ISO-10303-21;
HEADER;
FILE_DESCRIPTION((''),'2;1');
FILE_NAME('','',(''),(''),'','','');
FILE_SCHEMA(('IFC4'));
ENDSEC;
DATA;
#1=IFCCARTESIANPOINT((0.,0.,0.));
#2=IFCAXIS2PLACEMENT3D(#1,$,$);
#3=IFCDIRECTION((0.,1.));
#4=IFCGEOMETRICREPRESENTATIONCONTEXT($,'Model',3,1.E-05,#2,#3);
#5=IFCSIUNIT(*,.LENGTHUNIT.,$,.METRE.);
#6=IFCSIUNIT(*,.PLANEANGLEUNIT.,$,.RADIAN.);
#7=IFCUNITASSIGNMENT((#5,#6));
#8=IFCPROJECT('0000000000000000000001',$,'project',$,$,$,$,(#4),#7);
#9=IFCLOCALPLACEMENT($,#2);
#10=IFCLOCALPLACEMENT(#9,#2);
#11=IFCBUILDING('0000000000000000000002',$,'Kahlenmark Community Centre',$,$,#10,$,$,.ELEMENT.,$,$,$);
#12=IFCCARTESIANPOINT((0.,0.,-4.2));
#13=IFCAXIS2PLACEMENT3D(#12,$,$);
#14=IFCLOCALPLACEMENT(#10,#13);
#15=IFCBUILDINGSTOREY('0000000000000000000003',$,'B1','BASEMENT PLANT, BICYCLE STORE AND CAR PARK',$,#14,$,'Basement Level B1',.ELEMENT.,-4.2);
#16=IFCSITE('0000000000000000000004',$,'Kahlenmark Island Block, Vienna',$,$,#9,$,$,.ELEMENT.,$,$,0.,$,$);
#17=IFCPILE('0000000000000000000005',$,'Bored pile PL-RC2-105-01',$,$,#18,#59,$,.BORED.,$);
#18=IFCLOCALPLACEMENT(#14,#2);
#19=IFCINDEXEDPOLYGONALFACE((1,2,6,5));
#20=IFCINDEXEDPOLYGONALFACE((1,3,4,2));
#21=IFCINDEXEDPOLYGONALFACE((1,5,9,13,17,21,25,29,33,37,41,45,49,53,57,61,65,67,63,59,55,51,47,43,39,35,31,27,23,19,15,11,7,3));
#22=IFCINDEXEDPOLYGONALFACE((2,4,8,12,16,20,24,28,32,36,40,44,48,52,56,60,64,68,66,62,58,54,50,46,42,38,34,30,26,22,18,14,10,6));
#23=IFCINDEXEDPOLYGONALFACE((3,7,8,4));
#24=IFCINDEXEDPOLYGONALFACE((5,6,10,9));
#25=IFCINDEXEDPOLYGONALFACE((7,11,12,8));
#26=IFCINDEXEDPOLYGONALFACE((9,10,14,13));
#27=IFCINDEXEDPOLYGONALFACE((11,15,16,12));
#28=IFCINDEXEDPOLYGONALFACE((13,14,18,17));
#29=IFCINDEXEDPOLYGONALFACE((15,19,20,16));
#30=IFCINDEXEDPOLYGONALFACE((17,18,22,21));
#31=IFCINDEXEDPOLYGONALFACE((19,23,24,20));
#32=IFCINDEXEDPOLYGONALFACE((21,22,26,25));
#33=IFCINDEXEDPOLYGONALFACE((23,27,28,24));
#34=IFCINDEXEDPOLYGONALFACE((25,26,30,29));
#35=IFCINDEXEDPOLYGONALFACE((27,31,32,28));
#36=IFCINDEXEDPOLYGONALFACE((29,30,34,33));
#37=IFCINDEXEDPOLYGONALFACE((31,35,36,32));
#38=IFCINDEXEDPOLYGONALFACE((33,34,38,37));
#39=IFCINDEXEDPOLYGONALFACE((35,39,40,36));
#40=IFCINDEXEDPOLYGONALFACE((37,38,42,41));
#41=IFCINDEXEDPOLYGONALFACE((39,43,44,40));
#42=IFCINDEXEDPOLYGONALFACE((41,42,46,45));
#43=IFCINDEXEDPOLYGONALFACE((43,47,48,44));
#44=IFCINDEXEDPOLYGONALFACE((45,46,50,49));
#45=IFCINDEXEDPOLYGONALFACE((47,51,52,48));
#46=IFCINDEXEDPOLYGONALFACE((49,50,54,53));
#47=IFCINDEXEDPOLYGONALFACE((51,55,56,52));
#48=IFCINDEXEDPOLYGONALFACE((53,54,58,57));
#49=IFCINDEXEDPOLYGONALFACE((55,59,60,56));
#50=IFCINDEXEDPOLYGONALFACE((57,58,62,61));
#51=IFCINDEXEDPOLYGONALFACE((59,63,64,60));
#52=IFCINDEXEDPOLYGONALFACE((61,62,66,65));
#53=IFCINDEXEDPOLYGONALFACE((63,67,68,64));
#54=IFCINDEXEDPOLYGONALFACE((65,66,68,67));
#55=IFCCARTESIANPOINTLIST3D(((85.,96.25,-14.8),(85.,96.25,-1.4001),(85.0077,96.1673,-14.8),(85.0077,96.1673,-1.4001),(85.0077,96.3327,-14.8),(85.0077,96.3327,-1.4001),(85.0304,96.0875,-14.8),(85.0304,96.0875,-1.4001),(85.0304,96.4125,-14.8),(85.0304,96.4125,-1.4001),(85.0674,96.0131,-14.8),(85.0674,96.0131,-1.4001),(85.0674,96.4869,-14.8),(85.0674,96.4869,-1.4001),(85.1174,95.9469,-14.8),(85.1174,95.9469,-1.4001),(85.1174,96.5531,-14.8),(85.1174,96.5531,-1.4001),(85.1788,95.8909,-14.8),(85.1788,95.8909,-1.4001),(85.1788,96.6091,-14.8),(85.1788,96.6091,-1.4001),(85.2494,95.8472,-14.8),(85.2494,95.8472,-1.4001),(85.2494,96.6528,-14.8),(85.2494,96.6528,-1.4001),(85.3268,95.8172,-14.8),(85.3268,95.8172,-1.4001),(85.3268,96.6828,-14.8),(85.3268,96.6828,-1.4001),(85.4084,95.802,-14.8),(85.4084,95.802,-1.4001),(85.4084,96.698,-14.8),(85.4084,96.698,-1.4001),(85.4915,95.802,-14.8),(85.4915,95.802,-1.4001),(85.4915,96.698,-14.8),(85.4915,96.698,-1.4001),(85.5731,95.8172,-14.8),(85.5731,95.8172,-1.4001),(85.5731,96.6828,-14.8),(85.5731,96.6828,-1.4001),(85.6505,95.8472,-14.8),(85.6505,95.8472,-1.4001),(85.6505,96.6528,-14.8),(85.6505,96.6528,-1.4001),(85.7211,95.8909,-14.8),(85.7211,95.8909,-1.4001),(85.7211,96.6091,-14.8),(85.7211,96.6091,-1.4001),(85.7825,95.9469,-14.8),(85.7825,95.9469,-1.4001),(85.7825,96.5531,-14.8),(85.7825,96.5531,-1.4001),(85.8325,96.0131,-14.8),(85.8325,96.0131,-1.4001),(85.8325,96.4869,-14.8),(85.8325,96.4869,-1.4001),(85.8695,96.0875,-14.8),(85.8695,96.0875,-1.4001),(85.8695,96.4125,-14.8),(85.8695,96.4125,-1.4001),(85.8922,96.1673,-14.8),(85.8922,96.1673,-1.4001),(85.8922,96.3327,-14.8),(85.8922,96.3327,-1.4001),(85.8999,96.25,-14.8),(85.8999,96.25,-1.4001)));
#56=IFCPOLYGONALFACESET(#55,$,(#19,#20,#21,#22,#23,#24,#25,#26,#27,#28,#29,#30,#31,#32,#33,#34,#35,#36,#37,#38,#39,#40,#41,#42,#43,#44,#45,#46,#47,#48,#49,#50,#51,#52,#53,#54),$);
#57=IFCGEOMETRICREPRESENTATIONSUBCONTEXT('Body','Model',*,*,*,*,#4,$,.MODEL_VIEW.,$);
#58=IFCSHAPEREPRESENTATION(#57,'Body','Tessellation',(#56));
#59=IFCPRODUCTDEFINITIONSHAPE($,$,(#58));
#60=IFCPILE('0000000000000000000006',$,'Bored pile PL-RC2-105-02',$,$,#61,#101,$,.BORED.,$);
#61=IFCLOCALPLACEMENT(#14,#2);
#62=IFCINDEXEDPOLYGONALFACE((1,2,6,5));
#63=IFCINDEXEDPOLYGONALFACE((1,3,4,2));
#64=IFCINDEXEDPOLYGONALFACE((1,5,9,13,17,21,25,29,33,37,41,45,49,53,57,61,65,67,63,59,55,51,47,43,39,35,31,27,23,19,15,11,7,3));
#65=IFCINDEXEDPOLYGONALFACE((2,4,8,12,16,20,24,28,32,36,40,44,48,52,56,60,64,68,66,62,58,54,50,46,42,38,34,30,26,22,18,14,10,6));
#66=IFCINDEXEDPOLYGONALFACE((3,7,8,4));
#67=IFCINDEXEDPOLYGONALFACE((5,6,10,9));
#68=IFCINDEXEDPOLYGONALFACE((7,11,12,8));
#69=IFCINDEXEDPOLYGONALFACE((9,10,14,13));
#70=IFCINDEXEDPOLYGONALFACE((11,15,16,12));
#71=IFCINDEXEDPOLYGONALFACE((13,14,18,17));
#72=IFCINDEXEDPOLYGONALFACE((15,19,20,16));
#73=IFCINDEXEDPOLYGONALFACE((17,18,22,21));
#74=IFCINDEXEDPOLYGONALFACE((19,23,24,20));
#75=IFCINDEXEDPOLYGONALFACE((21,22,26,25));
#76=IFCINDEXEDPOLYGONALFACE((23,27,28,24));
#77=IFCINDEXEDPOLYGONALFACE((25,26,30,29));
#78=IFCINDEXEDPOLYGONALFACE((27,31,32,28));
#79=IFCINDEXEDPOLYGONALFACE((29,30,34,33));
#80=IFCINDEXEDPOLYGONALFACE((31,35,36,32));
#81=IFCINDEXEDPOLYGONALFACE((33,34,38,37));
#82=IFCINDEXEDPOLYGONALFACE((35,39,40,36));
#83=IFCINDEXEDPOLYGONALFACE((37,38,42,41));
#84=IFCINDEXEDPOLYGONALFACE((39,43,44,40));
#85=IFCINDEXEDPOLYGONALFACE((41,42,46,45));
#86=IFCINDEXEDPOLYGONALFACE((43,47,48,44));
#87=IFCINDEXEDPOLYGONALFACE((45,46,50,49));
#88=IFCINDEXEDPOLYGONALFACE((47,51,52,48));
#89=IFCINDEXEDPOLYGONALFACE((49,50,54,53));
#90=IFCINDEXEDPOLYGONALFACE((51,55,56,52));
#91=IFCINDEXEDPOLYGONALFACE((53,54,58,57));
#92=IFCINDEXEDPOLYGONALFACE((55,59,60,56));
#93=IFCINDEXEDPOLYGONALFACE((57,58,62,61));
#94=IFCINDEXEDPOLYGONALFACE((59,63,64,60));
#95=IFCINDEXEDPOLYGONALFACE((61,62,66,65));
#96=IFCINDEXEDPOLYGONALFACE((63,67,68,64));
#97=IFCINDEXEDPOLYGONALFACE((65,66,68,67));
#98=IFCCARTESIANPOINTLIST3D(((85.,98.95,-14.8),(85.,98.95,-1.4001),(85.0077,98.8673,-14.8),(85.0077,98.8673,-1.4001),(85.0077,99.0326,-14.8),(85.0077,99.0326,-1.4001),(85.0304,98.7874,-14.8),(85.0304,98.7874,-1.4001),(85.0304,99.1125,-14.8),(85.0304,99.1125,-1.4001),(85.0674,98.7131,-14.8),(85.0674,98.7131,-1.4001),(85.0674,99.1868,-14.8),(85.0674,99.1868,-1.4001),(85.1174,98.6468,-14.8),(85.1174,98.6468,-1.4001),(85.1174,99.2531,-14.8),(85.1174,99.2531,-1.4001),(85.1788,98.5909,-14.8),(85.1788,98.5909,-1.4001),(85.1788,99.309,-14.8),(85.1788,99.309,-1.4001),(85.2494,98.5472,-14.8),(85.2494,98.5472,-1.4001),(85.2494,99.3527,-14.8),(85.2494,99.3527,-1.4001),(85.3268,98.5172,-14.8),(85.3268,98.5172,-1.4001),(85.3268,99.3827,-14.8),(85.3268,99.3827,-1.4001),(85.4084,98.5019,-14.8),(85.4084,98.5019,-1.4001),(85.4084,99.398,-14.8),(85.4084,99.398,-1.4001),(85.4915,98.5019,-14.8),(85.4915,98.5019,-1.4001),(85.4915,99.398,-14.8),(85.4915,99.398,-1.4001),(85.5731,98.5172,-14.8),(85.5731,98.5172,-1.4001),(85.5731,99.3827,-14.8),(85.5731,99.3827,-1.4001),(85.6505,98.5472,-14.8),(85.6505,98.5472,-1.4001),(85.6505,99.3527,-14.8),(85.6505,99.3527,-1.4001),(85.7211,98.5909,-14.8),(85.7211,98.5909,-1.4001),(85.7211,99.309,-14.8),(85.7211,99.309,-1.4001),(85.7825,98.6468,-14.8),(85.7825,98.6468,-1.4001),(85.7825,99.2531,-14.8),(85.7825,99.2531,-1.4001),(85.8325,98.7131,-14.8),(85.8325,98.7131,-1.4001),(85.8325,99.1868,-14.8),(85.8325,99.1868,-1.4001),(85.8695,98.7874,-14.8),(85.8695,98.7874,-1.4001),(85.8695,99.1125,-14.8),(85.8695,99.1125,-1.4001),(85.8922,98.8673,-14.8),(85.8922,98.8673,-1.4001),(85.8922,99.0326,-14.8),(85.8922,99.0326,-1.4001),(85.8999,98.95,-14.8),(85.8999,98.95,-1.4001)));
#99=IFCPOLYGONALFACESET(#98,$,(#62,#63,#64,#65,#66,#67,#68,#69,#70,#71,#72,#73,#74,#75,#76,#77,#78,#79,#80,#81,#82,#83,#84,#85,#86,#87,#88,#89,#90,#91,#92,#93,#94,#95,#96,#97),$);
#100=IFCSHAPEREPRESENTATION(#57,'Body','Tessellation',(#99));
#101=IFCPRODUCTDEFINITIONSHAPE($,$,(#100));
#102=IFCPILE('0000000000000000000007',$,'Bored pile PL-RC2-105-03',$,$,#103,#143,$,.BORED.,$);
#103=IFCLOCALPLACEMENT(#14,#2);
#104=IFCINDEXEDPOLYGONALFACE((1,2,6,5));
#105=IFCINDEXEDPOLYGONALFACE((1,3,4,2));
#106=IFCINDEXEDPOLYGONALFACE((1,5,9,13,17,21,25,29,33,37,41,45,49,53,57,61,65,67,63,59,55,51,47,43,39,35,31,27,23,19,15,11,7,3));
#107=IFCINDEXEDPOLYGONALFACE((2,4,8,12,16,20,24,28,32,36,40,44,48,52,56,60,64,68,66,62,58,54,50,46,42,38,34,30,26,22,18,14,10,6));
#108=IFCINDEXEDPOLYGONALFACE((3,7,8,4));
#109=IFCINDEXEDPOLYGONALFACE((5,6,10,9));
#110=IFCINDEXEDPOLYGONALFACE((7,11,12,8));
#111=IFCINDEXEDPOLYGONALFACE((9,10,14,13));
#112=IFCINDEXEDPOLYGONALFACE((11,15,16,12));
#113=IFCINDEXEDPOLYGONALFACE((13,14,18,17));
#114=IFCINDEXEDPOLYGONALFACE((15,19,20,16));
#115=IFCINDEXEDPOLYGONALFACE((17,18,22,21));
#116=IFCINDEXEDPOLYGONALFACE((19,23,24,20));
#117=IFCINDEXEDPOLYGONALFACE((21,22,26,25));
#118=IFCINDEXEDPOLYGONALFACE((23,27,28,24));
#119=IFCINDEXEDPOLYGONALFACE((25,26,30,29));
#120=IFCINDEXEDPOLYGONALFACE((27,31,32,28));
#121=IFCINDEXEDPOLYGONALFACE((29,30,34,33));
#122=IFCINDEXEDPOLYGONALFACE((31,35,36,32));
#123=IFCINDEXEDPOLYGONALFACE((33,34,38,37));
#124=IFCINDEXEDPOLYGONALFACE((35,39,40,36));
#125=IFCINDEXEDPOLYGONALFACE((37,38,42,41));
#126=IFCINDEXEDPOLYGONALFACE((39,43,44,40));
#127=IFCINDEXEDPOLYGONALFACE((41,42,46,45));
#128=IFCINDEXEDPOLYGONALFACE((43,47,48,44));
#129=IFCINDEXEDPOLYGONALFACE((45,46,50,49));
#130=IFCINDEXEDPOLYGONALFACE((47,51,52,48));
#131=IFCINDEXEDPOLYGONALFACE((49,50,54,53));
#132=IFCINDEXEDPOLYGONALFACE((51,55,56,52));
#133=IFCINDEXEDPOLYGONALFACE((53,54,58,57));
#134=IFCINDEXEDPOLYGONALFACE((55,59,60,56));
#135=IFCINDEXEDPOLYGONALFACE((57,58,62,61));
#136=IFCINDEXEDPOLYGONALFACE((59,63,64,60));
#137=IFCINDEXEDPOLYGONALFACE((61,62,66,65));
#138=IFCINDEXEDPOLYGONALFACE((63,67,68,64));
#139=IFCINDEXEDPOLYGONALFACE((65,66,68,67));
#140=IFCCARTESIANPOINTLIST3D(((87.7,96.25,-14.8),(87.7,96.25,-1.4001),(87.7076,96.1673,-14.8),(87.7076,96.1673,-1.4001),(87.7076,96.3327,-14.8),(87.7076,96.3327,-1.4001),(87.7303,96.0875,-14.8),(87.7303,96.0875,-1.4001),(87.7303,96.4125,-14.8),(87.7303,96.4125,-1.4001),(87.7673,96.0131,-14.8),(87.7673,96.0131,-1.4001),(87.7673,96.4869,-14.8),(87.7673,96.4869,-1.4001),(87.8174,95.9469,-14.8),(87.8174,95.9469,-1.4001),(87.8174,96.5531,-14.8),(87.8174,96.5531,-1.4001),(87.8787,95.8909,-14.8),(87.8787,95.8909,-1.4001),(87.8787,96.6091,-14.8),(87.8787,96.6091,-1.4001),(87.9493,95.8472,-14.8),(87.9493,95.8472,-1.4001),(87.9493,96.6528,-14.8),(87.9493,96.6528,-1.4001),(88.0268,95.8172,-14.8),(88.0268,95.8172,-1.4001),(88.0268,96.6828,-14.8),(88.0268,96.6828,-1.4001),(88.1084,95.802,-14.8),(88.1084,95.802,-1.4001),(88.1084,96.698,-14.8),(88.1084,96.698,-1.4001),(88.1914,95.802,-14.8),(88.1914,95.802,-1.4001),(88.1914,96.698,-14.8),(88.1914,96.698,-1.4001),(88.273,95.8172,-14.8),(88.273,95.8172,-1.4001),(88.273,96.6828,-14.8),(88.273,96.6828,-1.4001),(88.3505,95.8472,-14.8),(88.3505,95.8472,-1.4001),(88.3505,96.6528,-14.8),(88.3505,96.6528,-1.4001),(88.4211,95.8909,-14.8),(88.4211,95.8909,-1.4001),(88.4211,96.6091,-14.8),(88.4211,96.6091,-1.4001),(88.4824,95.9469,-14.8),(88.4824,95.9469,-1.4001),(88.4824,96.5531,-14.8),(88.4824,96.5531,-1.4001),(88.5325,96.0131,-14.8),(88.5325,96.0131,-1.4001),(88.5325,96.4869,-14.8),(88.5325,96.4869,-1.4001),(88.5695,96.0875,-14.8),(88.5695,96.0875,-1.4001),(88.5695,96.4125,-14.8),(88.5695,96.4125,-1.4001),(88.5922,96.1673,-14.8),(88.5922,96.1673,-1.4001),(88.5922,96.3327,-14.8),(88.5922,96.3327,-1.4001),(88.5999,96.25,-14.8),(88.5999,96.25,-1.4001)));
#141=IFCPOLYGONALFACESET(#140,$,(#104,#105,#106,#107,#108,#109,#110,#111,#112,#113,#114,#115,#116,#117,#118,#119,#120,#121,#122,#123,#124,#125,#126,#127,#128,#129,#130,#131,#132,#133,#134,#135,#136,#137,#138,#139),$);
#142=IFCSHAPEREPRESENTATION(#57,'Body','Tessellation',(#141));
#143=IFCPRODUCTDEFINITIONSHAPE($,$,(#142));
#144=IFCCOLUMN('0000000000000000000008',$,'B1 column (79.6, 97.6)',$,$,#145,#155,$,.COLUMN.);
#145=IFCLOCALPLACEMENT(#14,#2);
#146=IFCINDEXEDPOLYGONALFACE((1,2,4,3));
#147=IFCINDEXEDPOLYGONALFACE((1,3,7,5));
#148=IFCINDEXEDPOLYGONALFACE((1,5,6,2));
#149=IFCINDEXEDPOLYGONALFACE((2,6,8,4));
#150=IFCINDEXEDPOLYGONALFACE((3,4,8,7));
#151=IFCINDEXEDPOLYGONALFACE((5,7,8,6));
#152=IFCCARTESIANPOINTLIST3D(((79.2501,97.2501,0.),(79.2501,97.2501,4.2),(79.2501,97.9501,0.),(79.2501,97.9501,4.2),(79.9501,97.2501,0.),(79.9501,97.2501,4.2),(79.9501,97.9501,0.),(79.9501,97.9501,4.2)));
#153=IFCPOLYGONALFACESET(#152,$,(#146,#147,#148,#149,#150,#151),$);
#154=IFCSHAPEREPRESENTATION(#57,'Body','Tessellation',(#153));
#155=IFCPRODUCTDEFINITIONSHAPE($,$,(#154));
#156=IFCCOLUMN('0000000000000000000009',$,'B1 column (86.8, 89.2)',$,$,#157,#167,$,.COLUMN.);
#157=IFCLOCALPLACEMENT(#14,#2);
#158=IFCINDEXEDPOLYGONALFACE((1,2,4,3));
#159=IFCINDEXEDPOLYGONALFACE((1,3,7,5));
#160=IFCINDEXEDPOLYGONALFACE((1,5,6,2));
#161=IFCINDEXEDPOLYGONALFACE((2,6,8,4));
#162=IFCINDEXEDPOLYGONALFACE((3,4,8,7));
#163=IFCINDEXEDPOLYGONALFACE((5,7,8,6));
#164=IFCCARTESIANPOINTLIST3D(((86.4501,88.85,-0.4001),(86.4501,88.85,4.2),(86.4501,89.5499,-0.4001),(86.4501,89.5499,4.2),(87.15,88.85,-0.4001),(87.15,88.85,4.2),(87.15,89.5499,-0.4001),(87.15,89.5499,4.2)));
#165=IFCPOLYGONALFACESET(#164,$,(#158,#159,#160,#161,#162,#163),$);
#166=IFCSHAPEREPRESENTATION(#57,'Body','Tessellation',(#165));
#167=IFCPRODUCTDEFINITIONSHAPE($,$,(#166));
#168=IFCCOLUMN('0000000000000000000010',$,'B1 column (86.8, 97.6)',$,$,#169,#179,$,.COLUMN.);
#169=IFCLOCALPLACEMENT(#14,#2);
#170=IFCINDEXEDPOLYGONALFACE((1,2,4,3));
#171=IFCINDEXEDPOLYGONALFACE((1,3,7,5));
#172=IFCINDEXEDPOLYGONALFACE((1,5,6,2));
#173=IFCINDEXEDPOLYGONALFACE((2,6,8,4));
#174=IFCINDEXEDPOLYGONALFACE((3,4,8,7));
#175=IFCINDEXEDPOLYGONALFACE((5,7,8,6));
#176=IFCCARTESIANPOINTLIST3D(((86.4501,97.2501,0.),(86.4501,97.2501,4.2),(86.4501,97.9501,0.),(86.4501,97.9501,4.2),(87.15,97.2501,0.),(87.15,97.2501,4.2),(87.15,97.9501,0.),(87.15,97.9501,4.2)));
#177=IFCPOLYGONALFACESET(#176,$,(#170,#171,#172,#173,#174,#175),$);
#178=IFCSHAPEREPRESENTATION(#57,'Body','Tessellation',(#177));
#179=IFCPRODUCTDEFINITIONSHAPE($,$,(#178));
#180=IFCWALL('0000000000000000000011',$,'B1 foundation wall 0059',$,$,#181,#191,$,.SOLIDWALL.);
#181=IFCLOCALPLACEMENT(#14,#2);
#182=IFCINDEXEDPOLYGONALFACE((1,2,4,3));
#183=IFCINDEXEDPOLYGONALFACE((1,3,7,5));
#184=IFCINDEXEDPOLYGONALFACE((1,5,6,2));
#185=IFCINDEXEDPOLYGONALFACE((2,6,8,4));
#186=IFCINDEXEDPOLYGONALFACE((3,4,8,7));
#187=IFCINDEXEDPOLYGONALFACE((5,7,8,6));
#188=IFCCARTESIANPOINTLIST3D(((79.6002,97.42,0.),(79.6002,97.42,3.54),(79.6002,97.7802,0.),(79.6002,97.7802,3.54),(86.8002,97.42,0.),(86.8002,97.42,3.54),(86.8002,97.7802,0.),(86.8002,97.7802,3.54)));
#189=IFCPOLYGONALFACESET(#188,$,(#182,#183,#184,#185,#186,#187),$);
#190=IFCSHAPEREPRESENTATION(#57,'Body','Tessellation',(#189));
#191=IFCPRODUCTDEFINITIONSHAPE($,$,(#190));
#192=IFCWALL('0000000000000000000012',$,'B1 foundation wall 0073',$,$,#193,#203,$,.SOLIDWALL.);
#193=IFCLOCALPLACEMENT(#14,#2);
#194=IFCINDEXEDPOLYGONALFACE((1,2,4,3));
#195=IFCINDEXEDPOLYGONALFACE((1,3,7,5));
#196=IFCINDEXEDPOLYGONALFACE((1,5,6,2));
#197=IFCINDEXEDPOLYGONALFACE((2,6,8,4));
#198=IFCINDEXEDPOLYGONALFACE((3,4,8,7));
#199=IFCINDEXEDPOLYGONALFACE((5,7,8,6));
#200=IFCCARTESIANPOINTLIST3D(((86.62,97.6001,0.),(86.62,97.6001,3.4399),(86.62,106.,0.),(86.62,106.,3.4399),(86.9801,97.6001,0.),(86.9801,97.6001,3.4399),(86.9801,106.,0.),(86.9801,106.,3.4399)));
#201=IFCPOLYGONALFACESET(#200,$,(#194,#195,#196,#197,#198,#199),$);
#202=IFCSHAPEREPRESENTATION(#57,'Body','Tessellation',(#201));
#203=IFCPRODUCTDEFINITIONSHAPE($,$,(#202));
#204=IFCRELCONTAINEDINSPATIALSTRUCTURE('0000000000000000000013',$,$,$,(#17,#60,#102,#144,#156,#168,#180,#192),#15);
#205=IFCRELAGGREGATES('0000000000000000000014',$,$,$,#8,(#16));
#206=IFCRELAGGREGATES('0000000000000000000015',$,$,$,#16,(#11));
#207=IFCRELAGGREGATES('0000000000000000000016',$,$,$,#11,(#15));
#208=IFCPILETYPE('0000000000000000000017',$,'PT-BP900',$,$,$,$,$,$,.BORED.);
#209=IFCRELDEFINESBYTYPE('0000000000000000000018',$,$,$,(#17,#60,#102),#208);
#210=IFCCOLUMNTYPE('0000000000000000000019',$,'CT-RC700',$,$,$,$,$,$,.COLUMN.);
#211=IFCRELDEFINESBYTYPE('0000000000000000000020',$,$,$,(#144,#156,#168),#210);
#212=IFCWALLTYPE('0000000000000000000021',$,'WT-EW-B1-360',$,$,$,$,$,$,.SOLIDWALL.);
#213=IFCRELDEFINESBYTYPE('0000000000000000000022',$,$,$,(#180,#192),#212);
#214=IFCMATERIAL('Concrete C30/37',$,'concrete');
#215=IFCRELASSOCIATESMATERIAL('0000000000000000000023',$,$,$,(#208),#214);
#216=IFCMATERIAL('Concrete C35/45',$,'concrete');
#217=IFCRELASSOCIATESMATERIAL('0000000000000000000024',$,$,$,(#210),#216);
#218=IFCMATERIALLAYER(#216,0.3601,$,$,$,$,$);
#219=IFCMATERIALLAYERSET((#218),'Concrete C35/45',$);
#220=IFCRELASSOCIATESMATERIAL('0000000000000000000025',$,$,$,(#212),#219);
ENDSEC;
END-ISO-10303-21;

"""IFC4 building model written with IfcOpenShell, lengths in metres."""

from ifc_helpers import new_model, si_unit, direction, frame, frame_2d, origin, origin_2d, place, context, subcontext, project, spatial, rectangle, circle, extrude, material, layer, layer_set, material_profile, profile_set, type_object, element, save


model = new_model("IFC4")

# Units and contexts
model_context = context("Model", 3, precision=1e-05, world=origin(), true_north=direction((0.0, 1.0)))
body_context = subcontext(model_context, "Body", "Model", "MODEL_VIEW")
ifc_project = project(units=[si_unit("LENGTHUNIT", "METRE"), si_unit("PLANEANGLEUNIT", "RADIAN")], contexts=[model_context])

# Site, building, storey
site_placement = place(None, origin())
site = spatial("IfcSite", under=ifc_project, at=site_placement, Name="Kahlenmark Island Block, Vienna", CompositionType="ELEMENT", RefElevation=0.0)
building_placement = place(site_placement, origin())
building = spatial("IfcBuilding", under=site, at=building_placement, Name="Kahlenmark Community Centre", CompositionType="ELEMENT")
storey_placement = place(building_placement, frame((0.0, 0.0, -4.2)))
storey = spatial("IfcBuildingStorey", under=building, at=storey_placement, Name="B1", Description="BASEMENT PLANT, BICYCLE STORE AND CAR PARK", LongName="Basement Level B1", CompositionType="ELEMENT", Elevation=-4.2)

# Shared definitions
ifc_material_1 = material(Name="Concrete C30/37", Category="concrete")

# Piles
ifc_material_profile_1 = material_profile(ifc_material_1, circle(Radius=0.45, at=origin_2d()), Name="BORED PILE 900")
ifc_profile_set_1 = profile_set([ifc_material_profile_1], Name="Concrete C30/37")
pile_type_1 = type_object("IfcPileType", Name="PT-BP900", PredefinedType="BORED", material=ifc_profile_set_1)
for number, where, z_axis, x_axis, name in (
    (1, (85.45, 96.25, -1.4001), (0.0, 0.0, -1.0), (1.0, 0.0, 0.0), "Bored pile PL-RC2-105-01"),
    (2, (85.45, 98.95, -1.4001), (0.0, 0.0, -1.0), (1.0, 0.0, 0.0), "Bored pile PL-RC2-105-02"),
    (3, (88.1499, 96.25, -1.4001), (0.0, 0.0, -1.0), (1.0, 0.0, 0.0), "Bored pile PL-RC2-105-03"),
):
    element("IfcPile", number, at=place(storey_placement, frame(where, z_axis=z_axis, x_axis=x_axis)), inside=storey, type_object=pile_type_1, Name=name, PredefinedType="BORED", context=body_context, shape_type="SweptSolid", body=[
        extrude(circle(Radius=0.45, at=origin_2d()), origin(), (0.0, 0.0, 1.0), 13.3999),
    ])

# Columns
ifc_material_2 = material(Name="Concrete C35/45", Category="concrete")
ifc_material_profile_2 = material_profile(ifc_material_2, rectangle(XDim=0.7, YDim=0.7, at=origin_2d()), Name="RC 700x700")
ifc_profile_set_2 = profile_set([ifc_material_profile_2], Name="Concrete C35/45")
column_type = type_object("IfcColumnType", Name="CT-RC700", PredefinedType="COLUMN", material=ifc_profile_set_2)
column_1_placement = place(storey_placement, frame((79.6001, 97.6001, 0.0), z_axis=(0.0, 0.0, 1.0), x_axis=(1.0, 0.0, 0.0)))
element("IfcColumn", 4, at=column_1_placement, inside=storey, type_object=column_type, Name="B1 column (79.6, 97.6)", PredefinedType="COLUMN", context=body_context, shape_type="SweptSolid", body=[
    extrude(rectangle(XDim=0.7, YDim=0.7, at=origin_2d()), origin(), (0.0, 0.0, 1.0), 4.2),
])
column_2_placement = place(storey_placement, frame((86.8, 89.2, -0.4001), z_axis=(0.0, 0.0, 1.0), x_axis=(1.0, 0.0, 0.0)))
element("IfcColumn", 5, at=column_2_placement, inside=storey, type_object=column_type, Name="B1 column (86.8, 89.2)", PredefinedType="COLUMN", context=body_context, shape_type="SweptSolid", body=[
    extrude(rectangle(XDim=0.7, YDim=0.7, at=origin_2d()), origin(), (0.0, 0.0, 1.0), 4.6001),
])
column_3_placement = place(storey_placement, frame((86.8, 97.6001, 0.0), z_axis=(0.0, 0.0, 1.0), x_axis=(1.0, 0.0, 0.0)))
element("IfcColumn", 6, at=column_3_placement, inside=storey, type_object=column_type, Name="B1 column (86.8, 97.6)", PredefinedType="COLUMN", context=body_context, shape_type="SweptSolid", body=[
    extrude(rectangle(XDim=0.7, YDim=0.7, at=origin_2d()), origin(), (0.0, 0.0, 1.0), 4.2),
])

# Walls
ifc_layer = layer(ifc_material_2, 0.3601)
ifc_layer_set = layer_set([ifc_layer], Name="Concrete C35/45")
wall_type = type_object("IfcWallType", Name="WT-EW-B1-360", PredefinedType="SOLIDWALL", material=ifc_layer_set)
wall_1_placement = place(storey_placement, frame((79.6001, 97.6001, 0.0), z_axis=(0.0, 0.0, 1.0), x_axis=(1.0, 0.0, 0.0)))
element("IfcWall", 7, at=wall_1_placement, inside=storey, type_object=wall_type, Name="B1 foundation wall 0059", PredefinedType="SOLIDWALL", context=body_context, shape_type="SweptSolid", body=[
    extrude(rectangle(XDim=7.2, YDim=0.3601, at=frame_2d((3.6001, 0.0))), origin(), (0.0, 0.0, 1.0), 3.54),
])
wall_2_placement = place(storey_placement, frame((86.8, 97.6001, 0.0), z_axis=(0.0, 0.0, 1.0), x_axis=(0.0, 1.0, 0.0)))
element("IfcWall", 8, at=wall_2_placement, inside=storey, type_object=wall_type, Name="B1 foundation wall 0073", PredefinedType="SOLIDWALL", context=body_context, shape_type="SweptSolid", body=[
    extrude(rectangle(XDim=8.3999, YDim=0.3601, at=frame_2d((4.2, 0.0))), origin(), (0.0, 0.0, 1.0), 3.4399),
])

save(model, "model.ifc")
